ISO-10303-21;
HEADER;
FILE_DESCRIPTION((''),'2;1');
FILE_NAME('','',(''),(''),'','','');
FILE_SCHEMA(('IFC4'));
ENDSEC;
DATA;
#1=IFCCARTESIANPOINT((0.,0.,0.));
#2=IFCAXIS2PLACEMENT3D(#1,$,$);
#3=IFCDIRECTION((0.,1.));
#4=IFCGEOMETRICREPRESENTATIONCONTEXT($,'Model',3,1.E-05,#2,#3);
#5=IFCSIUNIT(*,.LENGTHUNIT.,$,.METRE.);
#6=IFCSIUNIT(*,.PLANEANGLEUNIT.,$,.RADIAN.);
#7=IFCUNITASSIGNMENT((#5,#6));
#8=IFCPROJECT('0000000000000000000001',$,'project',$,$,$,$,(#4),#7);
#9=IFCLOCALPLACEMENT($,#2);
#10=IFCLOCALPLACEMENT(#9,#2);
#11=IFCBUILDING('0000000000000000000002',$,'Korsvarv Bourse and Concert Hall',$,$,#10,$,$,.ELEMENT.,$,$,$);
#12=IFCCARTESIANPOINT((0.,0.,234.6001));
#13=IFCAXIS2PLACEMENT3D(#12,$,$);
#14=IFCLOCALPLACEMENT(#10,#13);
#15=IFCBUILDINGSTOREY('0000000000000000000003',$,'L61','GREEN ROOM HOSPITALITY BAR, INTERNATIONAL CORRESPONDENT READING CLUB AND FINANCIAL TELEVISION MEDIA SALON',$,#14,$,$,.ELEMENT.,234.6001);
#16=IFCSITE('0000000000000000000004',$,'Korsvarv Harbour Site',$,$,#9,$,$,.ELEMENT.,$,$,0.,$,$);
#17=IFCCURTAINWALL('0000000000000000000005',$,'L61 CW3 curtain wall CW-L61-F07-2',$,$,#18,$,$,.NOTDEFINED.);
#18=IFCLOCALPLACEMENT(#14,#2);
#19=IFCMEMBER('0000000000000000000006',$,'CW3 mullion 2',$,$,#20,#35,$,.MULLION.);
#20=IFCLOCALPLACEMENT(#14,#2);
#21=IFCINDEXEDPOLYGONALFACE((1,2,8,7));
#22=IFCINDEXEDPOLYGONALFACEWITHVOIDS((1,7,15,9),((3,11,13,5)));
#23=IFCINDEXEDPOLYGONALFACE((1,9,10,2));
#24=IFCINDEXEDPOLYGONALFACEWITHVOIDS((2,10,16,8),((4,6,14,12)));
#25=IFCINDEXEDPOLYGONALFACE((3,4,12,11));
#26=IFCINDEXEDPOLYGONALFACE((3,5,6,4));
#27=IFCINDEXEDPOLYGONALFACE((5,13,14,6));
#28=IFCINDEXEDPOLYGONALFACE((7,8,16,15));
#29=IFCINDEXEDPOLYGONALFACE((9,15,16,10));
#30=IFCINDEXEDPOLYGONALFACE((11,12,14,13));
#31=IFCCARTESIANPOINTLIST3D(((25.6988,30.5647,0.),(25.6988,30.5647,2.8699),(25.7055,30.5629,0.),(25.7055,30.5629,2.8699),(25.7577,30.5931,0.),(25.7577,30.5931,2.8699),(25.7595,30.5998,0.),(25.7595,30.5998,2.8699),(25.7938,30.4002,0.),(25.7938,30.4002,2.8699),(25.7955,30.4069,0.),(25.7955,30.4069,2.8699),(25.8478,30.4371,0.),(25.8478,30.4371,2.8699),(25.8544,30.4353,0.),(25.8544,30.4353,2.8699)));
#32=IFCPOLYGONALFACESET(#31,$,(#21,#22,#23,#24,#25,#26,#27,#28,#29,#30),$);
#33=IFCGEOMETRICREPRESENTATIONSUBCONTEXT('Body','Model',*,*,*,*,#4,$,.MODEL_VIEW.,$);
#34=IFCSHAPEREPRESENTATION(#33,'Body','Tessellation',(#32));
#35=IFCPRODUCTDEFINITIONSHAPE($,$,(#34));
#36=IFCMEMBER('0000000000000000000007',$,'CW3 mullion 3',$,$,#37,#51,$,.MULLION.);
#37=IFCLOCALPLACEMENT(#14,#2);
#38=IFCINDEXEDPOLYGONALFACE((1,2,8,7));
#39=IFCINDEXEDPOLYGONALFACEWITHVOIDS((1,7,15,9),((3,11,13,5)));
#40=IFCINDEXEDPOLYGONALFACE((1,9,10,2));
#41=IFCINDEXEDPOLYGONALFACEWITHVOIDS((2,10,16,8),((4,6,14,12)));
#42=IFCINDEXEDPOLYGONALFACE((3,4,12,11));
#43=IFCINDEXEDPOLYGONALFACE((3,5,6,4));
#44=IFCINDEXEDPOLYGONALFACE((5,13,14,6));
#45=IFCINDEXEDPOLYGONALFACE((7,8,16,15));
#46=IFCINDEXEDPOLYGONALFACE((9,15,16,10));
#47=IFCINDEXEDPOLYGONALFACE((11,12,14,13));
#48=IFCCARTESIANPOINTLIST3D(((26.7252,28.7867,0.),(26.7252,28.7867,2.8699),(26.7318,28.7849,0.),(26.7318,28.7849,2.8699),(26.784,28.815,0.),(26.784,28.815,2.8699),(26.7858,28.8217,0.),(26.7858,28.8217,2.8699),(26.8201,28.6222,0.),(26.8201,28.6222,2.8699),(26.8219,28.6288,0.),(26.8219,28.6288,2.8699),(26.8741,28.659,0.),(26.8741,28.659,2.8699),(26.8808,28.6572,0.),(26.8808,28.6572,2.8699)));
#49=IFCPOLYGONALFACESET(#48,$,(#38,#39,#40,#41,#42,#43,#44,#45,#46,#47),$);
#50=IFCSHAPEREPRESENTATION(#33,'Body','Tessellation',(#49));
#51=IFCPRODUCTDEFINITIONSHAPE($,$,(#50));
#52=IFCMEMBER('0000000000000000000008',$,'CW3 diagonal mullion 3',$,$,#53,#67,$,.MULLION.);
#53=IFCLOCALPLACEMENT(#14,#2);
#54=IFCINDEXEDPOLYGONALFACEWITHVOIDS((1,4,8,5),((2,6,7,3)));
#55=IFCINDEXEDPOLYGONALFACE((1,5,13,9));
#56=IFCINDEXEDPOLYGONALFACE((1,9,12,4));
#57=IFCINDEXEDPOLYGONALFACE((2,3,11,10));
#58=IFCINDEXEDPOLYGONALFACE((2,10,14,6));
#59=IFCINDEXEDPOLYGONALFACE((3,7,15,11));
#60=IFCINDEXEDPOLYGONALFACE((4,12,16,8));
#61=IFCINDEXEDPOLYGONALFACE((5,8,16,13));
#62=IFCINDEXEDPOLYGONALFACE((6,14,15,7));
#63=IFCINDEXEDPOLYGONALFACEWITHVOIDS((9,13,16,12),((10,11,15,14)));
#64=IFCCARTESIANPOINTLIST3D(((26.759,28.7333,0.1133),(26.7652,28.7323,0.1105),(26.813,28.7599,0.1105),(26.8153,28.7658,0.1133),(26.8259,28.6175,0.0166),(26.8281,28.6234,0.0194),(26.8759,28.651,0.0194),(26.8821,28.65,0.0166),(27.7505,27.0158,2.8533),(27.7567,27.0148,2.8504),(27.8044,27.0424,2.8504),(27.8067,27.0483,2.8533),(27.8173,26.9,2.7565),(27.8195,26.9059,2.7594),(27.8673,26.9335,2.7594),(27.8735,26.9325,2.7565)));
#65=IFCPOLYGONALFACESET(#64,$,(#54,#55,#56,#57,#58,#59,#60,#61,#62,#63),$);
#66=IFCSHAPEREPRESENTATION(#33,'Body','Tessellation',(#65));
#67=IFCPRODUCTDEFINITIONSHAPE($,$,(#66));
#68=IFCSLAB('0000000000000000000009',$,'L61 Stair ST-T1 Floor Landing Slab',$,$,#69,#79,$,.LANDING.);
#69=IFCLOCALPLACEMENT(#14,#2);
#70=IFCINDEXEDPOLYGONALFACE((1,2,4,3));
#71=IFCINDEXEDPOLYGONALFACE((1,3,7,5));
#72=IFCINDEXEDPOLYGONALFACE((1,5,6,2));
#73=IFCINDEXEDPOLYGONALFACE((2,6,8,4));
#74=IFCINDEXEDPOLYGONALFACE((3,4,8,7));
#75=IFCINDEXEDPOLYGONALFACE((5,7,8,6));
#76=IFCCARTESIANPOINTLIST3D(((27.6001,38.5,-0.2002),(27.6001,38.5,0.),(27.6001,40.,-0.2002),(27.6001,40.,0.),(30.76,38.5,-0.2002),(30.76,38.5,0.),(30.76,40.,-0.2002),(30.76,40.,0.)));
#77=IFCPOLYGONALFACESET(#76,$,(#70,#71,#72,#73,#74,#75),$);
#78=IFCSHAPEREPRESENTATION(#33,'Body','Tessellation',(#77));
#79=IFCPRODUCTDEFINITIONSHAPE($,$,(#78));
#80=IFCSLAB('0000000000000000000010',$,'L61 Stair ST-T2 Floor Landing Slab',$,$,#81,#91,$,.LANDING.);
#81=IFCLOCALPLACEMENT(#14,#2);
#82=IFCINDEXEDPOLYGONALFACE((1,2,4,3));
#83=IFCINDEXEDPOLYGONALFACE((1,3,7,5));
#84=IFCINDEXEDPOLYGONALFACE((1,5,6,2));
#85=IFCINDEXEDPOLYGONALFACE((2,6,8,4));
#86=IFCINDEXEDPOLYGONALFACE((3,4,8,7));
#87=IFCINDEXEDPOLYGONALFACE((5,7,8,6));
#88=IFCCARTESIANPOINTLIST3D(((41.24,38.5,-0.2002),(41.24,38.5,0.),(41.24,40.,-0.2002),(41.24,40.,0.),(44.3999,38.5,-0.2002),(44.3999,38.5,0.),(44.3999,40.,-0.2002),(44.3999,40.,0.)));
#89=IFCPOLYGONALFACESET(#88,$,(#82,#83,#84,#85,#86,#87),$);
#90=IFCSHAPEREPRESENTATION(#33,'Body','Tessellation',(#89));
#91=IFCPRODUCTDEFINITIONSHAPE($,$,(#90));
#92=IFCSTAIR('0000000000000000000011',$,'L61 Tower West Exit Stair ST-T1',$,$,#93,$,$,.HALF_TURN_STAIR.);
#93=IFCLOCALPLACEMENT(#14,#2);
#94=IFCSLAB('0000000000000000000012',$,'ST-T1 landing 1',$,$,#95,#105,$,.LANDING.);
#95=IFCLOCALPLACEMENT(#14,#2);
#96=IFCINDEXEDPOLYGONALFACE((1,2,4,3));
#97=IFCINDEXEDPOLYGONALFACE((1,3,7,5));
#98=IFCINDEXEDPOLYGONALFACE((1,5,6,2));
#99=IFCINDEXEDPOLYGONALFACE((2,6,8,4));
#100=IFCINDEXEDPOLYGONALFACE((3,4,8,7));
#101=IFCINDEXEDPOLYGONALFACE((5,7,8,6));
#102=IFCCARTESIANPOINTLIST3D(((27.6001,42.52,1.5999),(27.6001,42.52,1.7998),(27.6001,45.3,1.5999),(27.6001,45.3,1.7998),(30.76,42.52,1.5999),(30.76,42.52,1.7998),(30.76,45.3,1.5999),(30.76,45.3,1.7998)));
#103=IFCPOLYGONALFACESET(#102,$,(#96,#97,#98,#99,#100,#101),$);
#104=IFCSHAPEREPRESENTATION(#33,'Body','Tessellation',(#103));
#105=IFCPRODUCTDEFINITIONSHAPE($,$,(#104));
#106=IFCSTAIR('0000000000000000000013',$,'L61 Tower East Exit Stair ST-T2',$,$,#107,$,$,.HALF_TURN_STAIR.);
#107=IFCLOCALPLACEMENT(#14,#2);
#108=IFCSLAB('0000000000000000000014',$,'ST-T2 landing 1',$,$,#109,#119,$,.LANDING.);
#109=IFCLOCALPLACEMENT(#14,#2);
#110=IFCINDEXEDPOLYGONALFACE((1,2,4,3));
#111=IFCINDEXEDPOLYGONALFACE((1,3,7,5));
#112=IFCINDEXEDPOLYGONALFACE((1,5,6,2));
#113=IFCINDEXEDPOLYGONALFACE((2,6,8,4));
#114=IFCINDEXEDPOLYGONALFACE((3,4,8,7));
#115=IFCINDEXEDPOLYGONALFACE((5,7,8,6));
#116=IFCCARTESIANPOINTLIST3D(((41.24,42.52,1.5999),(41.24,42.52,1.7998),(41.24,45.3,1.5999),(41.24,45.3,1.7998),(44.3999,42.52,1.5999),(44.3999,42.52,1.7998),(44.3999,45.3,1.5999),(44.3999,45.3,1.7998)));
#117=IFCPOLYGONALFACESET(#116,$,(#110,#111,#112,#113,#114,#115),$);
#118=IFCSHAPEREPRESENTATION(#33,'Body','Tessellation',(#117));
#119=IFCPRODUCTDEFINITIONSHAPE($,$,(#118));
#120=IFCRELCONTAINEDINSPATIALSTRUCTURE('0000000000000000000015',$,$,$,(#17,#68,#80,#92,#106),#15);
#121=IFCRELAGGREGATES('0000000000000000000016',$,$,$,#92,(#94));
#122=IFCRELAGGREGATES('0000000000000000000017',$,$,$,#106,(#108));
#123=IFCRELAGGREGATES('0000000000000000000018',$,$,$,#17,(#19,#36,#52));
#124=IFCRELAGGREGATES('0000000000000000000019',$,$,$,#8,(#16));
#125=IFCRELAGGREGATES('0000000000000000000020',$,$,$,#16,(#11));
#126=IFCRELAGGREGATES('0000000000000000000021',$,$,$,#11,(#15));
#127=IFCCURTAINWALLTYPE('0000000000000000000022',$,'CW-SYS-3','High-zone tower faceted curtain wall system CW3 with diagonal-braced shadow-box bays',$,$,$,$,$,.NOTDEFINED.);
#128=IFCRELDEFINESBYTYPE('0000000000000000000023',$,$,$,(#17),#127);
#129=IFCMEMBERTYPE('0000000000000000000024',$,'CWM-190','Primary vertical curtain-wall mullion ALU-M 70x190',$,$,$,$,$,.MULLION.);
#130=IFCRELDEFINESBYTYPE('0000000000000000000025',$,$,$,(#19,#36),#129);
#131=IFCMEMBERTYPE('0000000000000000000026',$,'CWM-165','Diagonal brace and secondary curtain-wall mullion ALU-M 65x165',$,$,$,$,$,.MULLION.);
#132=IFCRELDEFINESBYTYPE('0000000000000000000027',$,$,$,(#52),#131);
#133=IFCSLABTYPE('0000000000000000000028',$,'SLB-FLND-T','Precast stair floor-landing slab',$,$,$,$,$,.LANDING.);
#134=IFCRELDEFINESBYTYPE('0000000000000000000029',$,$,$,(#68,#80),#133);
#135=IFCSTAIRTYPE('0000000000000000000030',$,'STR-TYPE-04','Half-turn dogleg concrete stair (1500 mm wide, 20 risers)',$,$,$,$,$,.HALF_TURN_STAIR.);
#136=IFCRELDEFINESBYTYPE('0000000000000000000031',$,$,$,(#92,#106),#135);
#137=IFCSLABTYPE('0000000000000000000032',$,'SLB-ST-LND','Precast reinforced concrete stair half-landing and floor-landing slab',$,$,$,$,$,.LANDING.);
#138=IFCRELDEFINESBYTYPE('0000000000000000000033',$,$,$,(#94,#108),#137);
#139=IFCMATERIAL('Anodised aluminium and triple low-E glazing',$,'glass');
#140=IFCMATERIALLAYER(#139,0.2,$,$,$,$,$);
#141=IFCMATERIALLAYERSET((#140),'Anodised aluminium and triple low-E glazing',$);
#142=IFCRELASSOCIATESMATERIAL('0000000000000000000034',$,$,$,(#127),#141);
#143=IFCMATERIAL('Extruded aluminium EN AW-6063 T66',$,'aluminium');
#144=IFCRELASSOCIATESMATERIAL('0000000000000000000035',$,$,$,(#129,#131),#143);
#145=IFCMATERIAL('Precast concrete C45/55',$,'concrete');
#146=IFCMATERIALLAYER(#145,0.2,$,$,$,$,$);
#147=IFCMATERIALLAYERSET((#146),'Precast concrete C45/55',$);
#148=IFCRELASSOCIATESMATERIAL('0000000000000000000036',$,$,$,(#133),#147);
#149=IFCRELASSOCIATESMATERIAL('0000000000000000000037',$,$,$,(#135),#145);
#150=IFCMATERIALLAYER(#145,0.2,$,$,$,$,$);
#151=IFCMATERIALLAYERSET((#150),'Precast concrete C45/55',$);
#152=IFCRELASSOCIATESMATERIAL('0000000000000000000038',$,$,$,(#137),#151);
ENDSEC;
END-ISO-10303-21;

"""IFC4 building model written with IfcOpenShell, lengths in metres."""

from ifc_helpers import new_model, si_unit, direction, frame, origin, origin_2d, place, context, subcontext, project, spatial, polyline, hollow_rectangle, outline, extrude, source, transform, mapped, material, layer, layer_set, material_profile, profile_set, type_object, element, aggregate, save


model = new_model("IFC4")

# Units and contexts
model_context = context("Model", 3, precision=1e-05, world=origin(), true_north=direction((0.0, 1.0)))
body_context = subcontext(model_context, "Body", "Model", "MODEL_VIEW")
ifc_project = project(units=[si_unit("LENGTHUNIT", "METRE"), si_unit("PLANEANGLEUNIT", "RADIAN")], contexts=[model_context])

# Site, building, storey
site_placement = place(None, origin())
site = spatial("IfcSite", under=ifc_project, at=site_placement, Name="Korsvarv Harbour Site", CompositionType="ELEMENT", RefElevation=0.0)
building_placement = place(site_placement, origin())
building = spatial("IfcBuilding", under=site, at=building_placement, Name="Korsvarv Bourse and Concert Hall", CompositionType="ELEMENT")
storey_placement = place(building_placement, frame((0.0, 0.0, 234.6001)))
storey = spatial("IfcBuildingStorey", under=building, at=storey_placement, Name="L61", Description="GREEN ROOM HOSPITALITY BAR, INTERNATIONAL CORRESPONDENT READING CLUB AND FINANCIAL TELEVISION MEDIA SALON", CompositionType="ELEMENT", Elevation=234.6001)

# Curtain wall, members
ifc_material_1 = material(Name="Anodised aluminium and triple low-E glazing", Category="glass")
ifc_layer_1 = layer(ifc_material_1, 0.2)
ifc_layer_set_1 = layer_set([ifc_layer_1], Name="Anodised aluminium and triple low-E glazing")
curtain_wall_type = type_object("IfcCurtainWallType", Name="CW-SYS-3", Description="High-zone tower faceted curtain wall system CW3 with diagonal-braced shadow-box bays", PredefinedType="NOTDEFINED", material=ifc_layer_set_1)
curtain_wall_placement = place(storey_placement, origin())
curtain_wall = element("IfcCurtainWall", 1, at=curtain_wall_placement, inside=storey, type_object=curtain_wall_type, Name="L61 CW3 curtain wall CW-L61-F07-2", PredefinedType="NOTDEFINED")
ifc_material_2 = material(Name="Extruded aluminium EN AW-6063 T66", Category="aluminium")
ifc_material_profile_1 = material_profile(ifc_material_2, hollow_rectangle(XDim=0.0701, YDim=0.1899, WallThickness=0.0049, at=origin_2d()), Name="ALU-M 70x190")
ifc_profile_set_1 = profile_set([ifc_material_profile_1], Name="Extruded aluminium EN AW-6063 T66")
member_type_1 = type_object("IfcMemberType", Name="CWM-190", Description="Primary vertical curtain-wall mullion ALU-M 70x190", PredefinedType="MULLION", material=ifc_profile_set_1)
shared_shape_1 = source(origin(), body_context, "Body", "SweptSolid", [
    extrude(hollow_rectangle(XDim=0.0701, YDim=0.1899, WallThickness=0.0049, at=origin_2d()), origin(), (0.0, 0.0, 1.0), 2.8699),
])
member_1_placement = place(storey_placement, frame((25.7766, 30.5, 0.0), z_axis=(0.0, 0.0, 1.0), x_axis=(0.866025, 0.5, 0.0)))
member_1 = element("IfcMember", 2, at=member_1_placement, type_object=member_type_1, Name="CW3 mullion 2", PredefinedType="MULLION", context=body_context, shape_type="MappedRepresentation", body=[
    mapped(shared_shape_1, transform((0.0, 0.0, 0.0), scale=1.0)),
])
member_2_placement = place(storey_placement, frame((26.803, 28.7219, 0.0), z_axis=(0.0, 0.0, 1.0), x_axis=(0.866025, 0.5, 0.0)))
member_2 = element("IfcMember", 3, at=member_2_placement, type_object=member_type_1, Name="CW3 mullion 3", PredefinedType="MULLION", context=body_context, shape_type="MappedRepresentation", body=[
    mapped(shared_shape_1, transform((0.0, 0.0, 0.0), scale=1.0)),
])
ifc_material_profile_2 = material_profile(ifc_material_2, hollow_rectangle(XDim=0.0649, YDim=0.165, WallThickness=0.0049, at=origin_2d()), Name="ALU-M 65x165")
ifc_profile_set_2 = profile_set([ifc_material_profile_2], Name="Extruded aluminium EN AW-6063 T66")
member_type_2 = type_object("IfcMemberType", Name="CWM-165", Description="Diagonal brace and secondary curtain-wall mullion ALU-M 65x165", PredefinedType="MULLION", material=ifc_profile_set_2)
shared_shape_2 = source(origin(), body_context, "Body", "SweptSolid", [
    extrude(hollow_rectangle(XDim=0.0649, YDim=0.165, WallThickness=0.0049, at=origin_2d()), origin(), (0.0, 0.0, 1.0), 3.3823),
])
member_3_placement = place(storey_placement, frame((26.8206, 28.6917, 0.0649), z_axis=(0.293124, -0.507788, 0.81008), x_axis=(0.866061, 0.499939, 0.0)))
member_3 = element("IfcMember", 4, at=member_3_placement, type_object=member_type_2, Name="CW3 diagonal mullion 3", PredefinedType="MULLION", context=body_context, shape_type="MappedRepresentation", body=[
    mapped(shared_shape_2, transform((0.0, 0.0, 0.0), scale=1.0)),
])

# Slabs
ifc_material_3 = material(Name="Precast concrete C45/55", Category="concrete")
ifc_layer_2 = layer(ifc_material_3, 0.2)
ifc_layer_set_2 = layer_set([ifc_layer_2], Name="Precast concrete C45/55")
slab_type_1 = type_object("IfcSlabType", Name="SLB-FLND-T", Description="Precast stair floor-landing slab", PredefinedType="LANDING", material=ifc_layer_set_2)
slab_1_placement = place(storey_placement, frame((0.0, 0.0, -0.2002)))
element("IfcSlab", 5, at=slab_1_placement, inside=storey, type_object=slab_type_1, Name="L61 Stair ST-T1 Floor Landing Slab", PredefinedType="LANDING", context=body_context, shape_type="SweptSolid", body=[
    extrude(outline(polyline([(30.76, 38.5), (30.76, 40.0), (27.6001, 40.0), (27.6001, 38.5), (30.76, 38.5)])), origin(), (0.0, 0.0, 1.0), 0.2002),
])
slab_2_placement = place(storey_placement, frame((0.0, 0.0, -0.2002)))
element("IfcSlab", 6, at=slab_2_placement, inside=storey, type_object=slab_type_1, Name="L61 Stair ST-T2 Floor Landing Slab", PredefinedType="LANDING", context=body_context, shape_type="SweptSolid", body=[
    extrude(outline(polyline([(44.3999, 38.5), (44.3999, 40.0), (41.24, 40.0), (41.24, 38.5), (44.3999, 38.5)])), origin(), (0.0, 0.0, 1.0), 0.2002),
])

# Stairs, slabs
stair_type = type_object("IfcStairType", Name="STR-TYPE-04", Description="Half-turn dogleg concrete stair (1500 mm wide, 20 risers)", PredefinedType="HALF_TURN_STAIR", material=ifc_material_3)
stair_1_placement = place(storey_placement, origin())
stair_1 = element("IfcStair", 7, at=stair_1_placement, inside=storey, type_object=stair_type, Name="L61 Tower West Exit Stair ST-T1", PredefinedType="HALF_TURN_STAIR")
ifc_layer_3 = layer(ifc_material_3, 0.2)
ifc_layer_set_3 = layer_set([ifc_layer_3], Name="Precast concrete C45/55")
slab_type_2 = type_object("IfcSlabType", Name="SLB-ST-LND", Description="Precast reinforced concrete stair half-landing and floor-landing slab", PredefinedType="LANDING", material=ifc_layer_set_3)
slab_3_placement = place(storey_placement, frame((0.0, 0.0, 1.5999)))
slab_3 = element("IfcSlab", 8, at=slab_3_placement, type_object=slab_type_2, Name="ST-T1 landing 1", PredefinedType="LANDING", context=body_context, shape_type="SweptSolid", body=[
    extrude(outline(polyline([(30.76, 42.52), (30.76, 45.3), (27.6001, 45.3), (27.6001, 42.52), (30.76, 42.52)])), origin(), (0.0, 0.0, 1.0), 0.2),
])
aggregate(stair_1, [slab_3])
stair_2_placement = place(storey_placement, origin())
stair_2 = element("IfcStair", 9, at=stair_2_placement, inside=storey, type_object=stair_type, Name="L61 Tower East Exit Stair ST-T2", PredefinedType="HALF_TURN_STAIR")
slab_4_placement = place(storey_placement, frame((0.0, 0.0, 1.5999)))
slab_4 = element("IfcSlab", 10, at=slab_4_placement, type_object=slab_type_2, Name="ST-T2 landing 1", PredefinedType="LANDING", context=body_context, shape_type="SweptSolid", body=[
    extrude(outline(polyline([(44.3999, 42.52), (44.3999, 45.3), (41.24, 45.3), (41.24, 42.52), (44.3999, 42.52)])), origin(), (0.0, 0.0, 1.0), 0.2),
])
aggregate(stair_2, [slab_4])

aggregate(curtain_wall, [member_1, member_2, member_3])

save(model, "model.ifc")
